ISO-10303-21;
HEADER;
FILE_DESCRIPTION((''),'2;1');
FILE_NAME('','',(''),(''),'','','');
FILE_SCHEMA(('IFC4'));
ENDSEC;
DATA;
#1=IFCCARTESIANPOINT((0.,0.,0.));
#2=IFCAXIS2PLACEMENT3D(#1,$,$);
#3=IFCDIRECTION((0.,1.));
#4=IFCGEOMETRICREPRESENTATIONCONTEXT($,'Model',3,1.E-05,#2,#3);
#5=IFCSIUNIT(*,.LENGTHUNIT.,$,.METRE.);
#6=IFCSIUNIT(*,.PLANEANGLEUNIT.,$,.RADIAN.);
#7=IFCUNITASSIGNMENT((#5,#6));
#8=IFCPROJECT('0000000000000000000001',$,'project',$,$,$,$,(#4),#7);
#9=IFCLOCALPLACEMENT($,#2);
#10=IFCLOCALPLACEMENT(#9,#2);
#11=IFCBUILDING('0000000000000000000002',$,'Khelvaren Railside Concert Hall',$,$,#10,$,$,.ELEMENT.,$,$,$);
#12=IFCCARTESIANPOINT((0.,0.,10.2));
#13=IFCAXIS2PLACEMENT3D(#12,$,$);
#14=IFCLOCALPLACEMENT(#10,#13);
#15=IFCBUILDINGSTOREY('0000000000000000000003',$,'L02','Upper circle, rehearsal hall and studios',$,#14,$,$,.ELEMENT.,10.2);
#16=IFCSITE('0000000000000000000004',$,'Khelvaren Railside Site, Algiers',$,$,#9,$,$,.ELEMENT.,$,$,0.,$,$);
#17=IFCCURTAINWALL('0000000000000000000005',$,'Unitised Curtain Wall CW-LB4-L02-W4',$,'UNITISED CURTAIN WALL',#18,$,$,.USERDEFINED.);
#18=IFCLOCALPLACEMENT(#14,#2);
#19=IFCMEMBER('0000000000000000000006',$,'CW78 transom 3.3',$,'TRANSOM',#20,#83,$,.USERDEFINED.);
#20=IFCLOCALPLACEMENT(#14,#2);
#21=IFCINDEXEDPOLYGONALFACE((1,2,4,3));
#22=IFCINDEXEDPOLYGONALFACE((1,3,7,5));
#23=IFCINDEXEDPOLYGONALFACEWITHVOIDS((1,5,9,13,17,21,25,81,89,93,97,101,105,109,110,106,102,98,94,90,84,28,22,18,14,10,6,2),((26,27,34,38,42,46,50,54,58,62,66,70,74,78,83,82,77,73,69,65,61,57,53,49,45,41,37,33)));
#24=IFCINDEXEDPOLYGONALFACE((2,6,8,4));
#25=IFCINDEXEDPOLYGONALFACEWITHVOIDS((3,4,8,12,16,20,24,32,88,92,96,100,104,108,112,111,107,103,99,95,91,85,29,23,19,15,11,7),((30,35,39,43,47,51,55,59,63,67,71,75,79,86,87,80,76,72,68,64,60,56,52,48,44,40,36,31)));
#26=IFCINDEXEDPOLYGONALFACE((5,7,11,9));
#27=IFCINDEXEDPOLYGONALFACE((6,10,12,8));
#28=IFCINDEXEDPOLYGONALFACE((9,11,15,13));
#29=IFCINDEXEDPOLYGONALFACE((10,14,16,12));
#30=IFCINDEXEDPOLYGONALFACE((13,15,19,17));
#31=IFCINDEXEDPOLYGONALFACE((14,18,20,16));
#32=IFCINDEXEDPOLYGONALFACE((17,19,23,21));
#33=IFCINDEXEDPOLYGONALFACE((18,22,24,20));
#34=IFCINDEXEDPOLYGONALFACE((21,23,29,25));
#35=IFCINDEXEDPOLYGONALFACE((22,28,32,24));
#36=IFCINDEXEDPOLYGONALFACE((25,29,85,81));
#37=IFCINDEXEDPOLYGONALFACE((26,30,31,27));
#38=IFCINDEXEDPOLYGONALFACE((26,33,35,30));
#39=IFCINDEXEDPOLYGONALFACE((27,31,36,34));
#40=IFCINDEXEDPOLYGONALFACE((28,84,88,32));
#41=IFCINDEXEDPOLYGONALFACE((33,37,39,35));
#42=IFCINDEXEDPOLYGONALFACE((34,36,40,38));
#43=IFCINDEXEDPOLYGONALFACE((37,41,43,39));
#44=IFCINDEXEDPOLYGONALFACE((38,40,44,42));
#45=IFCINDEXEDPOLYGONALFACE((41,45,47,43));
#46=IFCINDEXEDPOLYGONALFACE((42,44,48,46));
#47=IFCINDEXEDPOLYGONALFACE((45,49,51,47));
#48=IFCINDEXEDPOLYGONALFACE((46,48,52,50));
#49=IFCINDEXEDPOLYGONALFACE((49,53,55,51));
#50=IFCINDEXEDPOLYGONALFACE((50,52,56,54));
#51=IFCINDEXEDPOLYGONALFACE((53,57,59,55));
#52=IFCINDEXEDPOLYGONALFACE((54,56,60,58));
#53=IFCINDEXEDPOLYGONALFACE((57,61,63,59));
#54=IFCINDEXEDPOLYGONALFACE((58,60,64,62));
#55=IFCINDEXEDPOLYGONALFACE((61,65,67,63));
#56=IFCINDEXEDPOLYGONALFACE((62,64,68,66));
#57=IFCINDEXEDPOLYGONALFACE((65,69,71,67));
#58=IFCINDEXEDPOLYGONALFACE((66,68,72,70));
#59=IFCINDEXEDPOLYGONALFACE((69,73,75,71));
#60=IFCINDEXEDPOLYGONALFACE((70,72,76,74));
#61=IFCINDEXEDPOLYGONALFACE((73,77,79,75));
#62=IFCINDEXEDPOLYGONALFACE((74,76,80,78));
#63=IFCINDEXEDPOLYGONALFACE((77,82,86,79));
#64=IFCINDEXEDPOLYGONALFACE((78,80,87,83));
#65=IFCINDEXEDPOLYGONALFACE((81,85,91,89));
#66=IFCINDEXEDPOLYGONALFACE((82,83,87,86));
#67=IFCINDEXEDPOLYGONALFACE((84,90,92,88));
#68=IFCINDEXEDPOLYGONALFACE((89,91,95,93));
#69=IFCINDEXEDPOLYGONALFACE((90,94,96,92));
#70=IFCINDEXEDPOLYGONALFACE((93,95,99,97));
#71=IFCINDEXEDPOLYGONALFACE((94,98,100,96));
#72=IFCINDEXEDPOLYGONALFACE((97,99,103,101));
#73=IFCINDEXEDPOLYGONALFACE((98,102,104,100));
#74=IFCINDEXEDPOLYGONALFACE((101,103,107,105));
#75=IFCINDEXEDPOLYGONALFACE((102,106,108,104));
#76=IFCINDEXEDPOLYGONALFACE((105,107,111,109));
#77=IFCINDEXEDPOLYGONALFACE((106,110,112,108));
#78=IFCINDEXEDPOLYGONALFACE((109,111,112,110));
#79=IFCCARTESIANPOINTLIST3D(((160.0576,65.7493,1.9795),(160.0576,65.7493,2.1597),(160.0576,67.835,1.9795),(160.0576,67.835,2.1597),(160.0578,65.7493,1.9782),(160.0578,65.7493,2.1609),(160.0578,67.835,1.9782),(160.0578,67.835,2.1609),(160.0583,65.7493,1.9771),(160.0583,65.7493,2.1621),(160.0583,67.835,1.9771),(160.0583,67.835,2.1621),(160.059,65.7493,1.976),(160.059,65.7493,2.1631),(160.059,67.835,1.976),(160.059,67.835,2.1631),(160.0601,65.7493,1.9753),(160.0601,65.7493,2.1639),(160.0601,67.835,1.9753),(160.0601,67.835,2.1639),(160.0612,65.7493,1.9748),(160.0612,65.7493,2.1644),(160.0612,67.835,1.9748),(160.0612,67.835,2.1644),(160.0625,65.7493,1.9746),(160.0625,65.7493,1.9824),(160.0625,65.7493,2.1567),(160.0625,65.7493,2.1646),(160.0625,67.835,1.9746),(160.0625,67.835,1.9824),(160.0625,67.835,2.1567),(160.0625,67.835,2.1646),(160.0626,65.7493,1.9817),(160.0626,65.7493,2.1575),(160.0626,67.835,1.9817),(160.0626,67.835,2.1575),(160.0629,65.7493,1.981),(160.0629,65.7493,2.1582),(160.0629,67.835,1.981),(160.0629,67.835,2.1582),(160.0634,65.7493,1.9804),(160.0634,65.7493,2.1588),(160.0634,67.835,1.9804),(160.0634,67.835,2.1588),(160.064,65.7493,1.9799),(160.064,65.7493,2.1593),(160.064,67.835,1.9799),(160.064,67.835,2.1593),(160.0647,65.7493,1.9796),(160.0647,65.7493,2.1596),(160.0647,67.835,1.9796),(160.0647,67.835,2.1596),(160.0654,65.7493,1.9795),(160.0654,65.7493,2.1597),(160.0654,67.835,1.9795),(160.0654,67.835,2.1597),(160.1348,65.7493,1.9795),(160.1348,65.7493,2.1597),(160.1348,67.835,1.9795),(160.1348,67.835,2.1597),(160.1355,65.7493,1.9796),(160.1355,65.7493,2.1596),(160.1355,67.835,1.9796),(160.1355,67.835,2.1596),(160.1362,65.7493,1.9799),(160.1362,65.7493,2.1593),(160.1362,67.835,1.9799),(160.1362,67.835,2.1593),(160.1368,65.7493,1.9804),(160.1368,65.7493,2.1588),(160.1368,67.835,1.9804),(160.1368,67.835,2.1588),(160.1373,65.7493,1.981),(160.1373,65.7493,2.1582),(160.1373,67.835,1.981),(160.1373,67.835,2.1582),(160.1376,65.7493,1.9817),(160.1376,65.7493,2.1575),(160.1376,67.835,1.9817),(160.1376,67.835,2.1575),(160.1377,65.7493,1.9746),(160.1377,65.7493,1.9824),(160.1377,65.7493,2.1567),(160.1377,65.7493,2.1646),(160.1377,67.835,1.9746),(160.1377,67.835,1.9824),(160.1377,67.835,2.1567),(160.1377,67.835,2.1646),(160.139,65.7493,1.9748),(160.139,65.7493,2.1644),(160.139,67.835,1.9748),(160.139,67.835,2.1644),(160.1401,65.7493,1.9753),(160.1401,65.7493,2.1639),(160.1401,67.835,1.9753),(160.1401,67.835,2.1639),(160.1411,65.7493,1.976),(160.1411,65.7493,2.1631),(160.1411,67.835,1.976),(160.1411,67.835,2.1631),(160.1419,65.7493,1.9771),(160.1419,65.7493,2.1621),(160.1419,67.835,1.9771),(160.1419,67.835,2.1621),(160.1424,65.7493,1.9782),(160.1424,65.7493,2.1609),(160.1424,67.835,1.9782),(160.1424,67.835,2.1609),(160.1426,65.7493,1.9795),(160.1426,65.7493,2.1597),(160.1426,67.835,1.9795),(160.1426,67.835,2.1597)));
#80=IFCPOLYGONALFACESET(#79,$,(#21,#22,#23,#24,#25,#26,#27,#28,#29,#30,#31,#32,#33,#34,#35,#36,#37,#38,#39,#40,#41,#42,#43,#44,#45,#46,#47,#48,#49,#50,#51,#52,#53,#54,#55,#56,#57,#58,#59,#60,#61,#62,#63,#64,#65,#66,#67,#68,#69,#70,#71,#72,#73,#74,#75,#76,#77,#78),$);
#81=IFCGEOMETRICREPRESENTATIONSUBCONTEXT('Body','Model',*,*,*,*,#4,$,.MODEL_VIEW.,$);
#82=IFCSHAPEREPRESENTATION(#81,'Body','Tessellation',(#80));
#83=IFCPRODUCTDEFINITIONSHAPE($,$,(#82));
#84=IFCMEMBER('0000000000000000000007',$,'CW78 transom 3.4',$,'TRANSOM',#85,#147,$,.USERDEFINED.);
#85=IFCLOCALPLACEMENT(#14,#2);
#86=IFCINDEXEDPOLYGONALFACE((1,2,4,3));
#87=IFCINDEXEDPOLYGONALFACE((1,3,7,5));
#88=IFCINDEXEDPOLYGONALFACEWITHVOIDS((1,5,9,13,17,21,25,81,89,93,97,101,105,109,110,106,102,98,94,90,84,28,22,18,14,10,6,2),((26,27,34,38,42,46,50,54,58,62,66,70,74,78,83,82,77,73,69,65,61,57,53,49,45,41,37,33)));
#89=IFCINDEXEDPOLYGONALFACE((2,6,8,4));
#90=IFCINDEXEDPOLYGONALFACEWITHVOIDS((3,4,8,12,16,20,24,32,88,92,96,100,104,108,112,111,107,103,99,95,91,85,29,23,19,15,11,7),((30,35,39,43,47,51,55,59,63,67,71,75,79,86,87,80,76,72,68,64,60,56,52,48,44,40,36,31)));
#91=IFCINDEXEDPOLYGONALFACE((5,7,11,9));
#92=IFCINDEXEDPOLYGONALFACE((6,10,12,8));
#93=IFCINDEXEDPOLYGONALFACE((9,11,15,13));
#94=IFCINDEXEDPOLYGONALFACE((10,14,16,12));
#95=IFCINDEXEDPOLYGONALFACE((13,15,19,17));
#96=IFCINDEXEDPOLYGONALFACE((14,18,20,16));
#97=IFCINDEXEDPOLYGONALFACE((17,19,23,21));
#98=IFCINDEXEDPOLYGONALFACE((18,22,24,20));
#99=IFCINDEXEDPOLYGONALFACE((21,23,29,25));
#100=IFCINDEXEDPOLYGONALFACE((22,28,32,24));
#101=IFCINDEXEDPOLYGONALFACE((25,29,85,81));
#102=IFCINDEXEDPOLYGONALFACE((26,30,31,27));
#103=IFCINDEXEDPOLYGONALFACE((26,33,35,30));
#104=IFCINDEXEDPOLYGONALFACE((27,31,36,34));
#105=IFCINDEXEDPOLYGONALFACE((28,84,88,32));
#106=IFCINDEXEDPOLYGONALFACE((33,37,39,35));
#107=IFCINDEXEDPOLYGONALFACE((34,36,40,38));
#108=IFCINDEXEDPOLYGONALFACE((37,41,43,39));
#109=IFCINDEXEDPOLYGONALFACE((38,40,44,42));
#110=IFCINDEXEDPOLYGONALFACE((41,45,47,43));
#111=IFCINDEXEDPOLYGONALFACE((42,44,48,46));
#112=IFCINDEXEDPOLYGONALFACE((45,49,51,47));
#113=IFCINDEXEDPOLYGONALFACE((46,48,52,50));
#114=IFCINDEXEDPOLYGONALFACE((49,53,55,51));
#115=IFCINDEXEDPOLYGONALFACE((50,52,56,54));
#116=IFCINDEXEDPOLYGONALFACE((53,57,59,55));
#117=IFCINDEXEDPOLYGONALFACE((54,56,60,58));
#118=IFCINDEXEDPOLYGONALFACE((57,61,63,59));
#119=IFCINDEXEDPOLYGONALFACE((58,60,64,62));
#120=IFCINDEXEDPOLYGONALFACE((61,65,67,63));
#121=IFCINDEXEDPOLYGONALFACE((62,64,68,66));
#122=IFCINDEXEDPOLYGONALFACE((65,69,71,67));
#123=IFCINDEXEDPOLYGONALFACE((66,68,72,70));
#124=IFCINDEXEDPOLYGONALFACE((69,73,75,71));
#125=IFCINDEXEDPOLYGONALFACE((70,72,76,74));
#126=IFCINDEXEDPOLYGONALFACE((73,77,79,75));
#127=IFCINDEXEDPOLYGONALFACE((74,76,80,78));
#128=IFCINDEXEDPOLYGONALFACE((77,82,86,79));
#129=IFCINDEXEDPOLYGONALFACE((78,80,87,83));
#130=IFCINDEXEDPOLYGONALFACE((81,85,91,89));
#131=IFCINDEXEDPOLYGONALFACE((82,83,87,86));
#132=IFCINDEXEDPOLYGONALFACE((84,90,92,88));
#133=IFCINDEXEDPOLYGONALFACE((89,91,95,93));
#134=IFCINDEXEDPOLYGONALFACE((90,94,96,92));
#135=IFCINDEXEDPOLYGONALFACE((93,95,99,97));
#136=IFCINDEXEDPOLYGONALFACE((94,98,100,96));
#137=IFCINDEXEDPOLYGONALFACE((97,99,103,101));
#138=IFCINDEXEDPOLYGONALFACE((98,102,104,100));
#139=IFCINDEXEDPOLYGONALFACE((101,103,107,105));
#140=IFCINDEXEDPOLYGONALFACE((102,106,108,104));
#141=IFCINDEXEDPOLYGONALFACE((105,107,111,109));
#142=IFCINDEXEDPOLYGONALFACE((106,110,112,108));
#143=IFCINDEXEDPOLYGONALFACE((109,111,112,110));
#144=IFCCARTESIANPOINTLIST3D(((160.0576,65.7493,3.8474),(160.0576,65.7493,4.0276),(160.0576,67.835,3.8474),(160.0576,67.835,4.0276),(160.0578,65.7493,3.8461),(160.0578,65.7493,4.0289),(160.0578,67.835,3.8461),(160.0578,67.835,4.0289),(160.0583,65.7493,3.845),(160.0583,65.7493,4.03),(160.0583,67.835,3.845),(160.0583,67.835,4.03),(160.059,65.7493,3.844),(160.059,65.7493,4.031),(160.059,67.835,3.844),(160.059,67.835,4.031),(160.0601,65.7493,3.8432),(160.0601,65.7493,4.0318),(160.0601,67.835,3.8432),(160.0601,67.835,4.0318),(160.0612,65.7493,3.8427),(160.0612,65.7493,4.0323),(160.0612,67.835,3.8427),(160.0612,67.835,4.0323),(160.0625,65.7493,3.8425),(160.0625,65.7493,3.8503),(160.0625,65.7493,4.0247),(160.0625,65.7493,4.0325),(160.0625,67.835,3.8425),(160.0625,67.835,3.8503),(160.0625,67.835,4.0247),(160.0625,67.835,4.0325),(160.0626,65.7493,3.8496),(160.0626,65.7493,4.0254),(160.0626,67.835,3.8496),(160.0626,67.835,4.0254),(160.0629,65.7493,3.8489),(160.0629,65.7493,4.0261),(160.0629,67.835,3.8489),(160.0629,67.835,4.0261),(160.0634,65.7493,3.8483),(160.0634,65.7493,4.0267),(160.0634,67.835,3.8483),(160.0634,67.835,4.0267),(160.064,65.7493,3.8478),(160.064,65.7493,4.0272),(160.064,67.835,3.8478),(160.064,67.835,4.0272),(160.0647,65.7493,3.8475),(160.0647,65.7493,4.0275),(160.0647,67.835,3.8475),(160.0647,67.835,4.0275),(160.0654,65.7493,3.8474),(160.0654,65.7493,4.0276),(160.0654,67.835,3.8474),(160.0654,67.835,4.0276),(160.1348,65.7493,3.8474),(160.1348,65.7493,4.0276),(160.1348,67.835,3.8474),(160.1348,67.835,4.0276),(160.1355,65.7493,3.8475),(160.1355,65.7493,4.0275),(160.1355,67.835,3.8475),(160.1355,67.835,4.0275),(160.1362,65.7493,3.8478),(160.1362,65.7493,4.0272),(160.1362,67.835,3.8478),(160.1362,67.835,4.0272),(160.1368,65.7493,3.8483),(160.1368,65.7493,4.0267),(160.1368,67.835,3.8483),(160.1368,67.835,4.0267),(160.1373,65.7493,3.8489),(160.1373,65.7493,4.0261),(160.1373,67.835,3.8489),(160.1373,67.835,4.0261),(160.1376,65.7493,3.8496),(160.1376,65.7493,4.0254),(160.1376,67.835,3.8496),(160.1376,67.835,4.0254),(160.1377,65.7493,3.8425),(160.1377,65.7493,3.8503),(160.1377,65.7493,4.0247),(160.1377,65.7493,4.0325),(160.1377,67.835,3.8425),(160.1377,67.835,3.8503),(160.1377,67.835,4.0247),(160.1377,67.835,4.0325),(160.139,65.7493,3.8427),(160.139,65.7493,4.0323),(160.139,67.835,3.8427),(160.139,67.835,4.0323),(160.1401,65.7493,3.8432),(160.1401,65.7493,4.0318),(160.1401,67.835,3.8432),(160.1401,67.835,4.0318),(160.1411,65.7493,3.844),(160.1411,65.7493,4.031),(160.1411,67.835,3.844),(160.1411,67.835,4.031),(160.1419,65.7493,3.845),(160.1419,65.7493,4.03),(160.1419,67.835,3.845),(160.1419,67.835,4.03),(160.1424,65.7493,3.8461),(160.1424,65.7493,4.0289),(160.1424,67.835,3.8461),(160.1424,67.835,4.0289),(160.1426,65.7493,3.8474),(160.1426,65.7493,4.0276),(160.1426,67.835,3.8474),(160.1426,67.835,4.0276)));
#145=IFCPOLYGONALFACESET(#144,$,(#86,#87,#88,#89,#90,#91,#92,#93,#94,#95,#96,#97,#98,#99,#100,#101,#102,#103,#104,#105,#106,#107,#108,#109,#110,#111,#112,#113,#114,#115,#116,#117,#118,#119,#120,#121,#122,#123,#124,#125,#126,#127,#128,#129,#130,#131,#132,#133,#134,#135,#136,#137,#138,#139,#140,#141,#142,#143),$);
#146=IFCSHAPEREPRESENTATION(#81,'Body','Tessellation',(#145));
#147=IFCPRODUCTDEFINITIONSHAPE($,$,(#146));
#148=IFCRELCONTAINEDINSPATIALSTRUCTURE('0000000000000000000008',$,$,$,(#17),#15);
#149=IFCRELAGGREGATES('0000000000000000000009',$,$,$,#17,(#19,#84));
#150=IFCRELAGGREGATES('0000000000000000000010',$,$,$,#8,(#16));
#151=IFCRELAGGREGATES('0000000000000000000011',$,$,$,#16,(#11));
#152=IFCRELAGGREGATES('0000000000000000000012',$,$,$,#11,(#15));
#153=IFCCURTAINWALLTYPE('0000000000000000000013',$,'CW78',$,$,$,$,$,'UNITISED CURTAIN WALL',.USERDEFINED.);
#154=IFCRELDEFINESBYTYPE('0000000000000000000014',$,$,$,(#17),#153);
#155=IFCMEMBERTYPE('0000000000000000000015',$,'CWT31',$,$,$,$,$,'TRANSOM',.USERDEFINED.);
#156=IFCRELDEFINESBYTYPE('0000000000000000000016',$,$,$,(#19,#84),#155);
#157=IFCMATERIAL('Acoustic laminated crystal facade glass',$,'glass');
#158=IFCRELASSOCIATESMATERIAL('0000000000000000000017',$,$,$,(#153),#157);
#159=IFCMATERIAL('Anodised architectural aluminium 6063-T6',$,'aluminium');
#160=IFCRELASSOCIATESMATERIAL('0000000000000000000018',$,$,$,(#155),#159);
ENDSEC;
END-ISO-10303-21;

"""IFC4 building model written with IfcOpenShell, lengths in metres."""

from ifc_helpers import new_model, si_unit, direction, frame, origin, origin_2d, place, context, subcontext, project, spatial, hollow_rectangle, extrude, material, material_profile, profile_set, type_object, element, aggregate, save


model = new_model("IFC4")

# Units and contexts
model_context = context("Model", 3, precision=1e-05, world=origin(), true_north=direction((0.0, 1.0)))
body_context = subcontext(model_context, "Body", "Model", "MODEL_VIEW")
ifc_project = project(units=[si_unit("LENGTHUNIT", "METRE"), si_unit("PLANEANGLEUNIT", "RADIAN")], contexts=[model_context])

# Site, building, storey
site_placement = place(None, origin())
site = spatial("IfcSite", under=ifc_project, at=site_placement, Name="Khelvaren Railside Site, Algiers", CompositionType="ELEMENT", RefElevation=0.0)
building_placement = place(site_placement, origin())
building = spatial("IfcBuilding", under=site, at=building_placement, Name="Khelvaren Railside Concert Hall", CompositionType="ELEMENT")
storey_placement = place(building_placement, frame((0.0, 0.0, 10.2)))
storey = spatial("IfcBuildingStorey", under=building, at=storey_placement, Name="L02", Description="Upper circle, rehearsal hall and studios", CompositionType="ELEMENT", Elevation=10.2)

# Curtain wall
ifc_material_1 = material(Name="Acoustic laminated crystal facade glass", Category="glass")
curtain_wall_type = type_object("IfcCurtainWallType", Name="CW78", ElementType="UNITISED CURTAIN WALL", PredefinedType="USERDEFINED", material=ifc_material_1)
curtain_wall_1_placement = place(storey_placement, origin())
curtain_wall_1 = element("IfcCurtainWall", 1, at=curtain_wall_1_placement, inside=storey, type_object=curtain_wall_type, Name="Unitised Curtain Wall CW-LB4-L02-W4", ObjectType="UNITISED CURTAIN WALL", PredefinedType="USERDEFINED")
ifc_material_2 = material(Name="Anodised architectural aluminium 6063-T6", Category="aluminium")

# Members
ifc_material_profile_1 = material_profile(ifc_material_2, hollow_rectangle(XDim=0.085, YDim=0.1899, WallThickness=0.0049, InnerFilletRadius=0.0029, OuterFilletRadius=0.0049, at=origin_2d()), Name="CWT 85x190x5")
ifc_profile_set_1 = profile_set([ifc_material_profile_1], Name="Anodised architectural aluminium 6063-T6")
member_type_1 = type_object("IfcMemberType", Name="CWT31", ElementType="TRANSOM", PredefinedType="USERDEFINED", material=ifc_profile_set_1)
member_1_placement = place(storey_placement, frame((160.1001, 65.7493, 2.0696), z_axis=(0.0, 1.0, 0.0), x_axis=(-1.0, 0.0, 0.0)))
member_1 = element("IfcMember", 2, at=member_1_placement, type_object=member_type_1, Name="CW78 transom 3.3", ObjectType="TRANSOM", PredefinedType="USERDEFINED", context=body_context, shape_type="SweptSolid", body=[
    extrude(hollow_rectangle(XDim=0.085, YDim=0.1899, WallThickness=0.0049, InnerFilletRadius=0.0029, OuterFilletRadius=0.0049, at=origin_2d()), origin(), (0.0, 0.0, 1.0), 2.0857),
])
member_2_placement = place(storey_placement, frame((160.1001, 65.7493, 3.9375), z_axis=(0.0, 1.0, 0.0), x_axis=(-1.0, 0.0, 0.0)))
member_2 = element("IfcMember", 3, at=member_2_placement, type_object=member_type_1, Name="CW78 transom 3.4", ObjectType="TRANSOM", PredefinedType="USERDEFINED", context=body_context, shape_type="SweptSolid", body=[
    extrude(hollow_rectangle(XDim=0.085, YDim=0.1899, WallThickness=0.0049, InnerFilletRadius=0.0029, OuterFilletRadius=0.0049, at=origin_2d()), origin(), (0.0, 0.0, 1.0), 2.0857),
])

aggregate(curtain_wall_1, [member_1, member_2])

save(model, "model.ifc")
